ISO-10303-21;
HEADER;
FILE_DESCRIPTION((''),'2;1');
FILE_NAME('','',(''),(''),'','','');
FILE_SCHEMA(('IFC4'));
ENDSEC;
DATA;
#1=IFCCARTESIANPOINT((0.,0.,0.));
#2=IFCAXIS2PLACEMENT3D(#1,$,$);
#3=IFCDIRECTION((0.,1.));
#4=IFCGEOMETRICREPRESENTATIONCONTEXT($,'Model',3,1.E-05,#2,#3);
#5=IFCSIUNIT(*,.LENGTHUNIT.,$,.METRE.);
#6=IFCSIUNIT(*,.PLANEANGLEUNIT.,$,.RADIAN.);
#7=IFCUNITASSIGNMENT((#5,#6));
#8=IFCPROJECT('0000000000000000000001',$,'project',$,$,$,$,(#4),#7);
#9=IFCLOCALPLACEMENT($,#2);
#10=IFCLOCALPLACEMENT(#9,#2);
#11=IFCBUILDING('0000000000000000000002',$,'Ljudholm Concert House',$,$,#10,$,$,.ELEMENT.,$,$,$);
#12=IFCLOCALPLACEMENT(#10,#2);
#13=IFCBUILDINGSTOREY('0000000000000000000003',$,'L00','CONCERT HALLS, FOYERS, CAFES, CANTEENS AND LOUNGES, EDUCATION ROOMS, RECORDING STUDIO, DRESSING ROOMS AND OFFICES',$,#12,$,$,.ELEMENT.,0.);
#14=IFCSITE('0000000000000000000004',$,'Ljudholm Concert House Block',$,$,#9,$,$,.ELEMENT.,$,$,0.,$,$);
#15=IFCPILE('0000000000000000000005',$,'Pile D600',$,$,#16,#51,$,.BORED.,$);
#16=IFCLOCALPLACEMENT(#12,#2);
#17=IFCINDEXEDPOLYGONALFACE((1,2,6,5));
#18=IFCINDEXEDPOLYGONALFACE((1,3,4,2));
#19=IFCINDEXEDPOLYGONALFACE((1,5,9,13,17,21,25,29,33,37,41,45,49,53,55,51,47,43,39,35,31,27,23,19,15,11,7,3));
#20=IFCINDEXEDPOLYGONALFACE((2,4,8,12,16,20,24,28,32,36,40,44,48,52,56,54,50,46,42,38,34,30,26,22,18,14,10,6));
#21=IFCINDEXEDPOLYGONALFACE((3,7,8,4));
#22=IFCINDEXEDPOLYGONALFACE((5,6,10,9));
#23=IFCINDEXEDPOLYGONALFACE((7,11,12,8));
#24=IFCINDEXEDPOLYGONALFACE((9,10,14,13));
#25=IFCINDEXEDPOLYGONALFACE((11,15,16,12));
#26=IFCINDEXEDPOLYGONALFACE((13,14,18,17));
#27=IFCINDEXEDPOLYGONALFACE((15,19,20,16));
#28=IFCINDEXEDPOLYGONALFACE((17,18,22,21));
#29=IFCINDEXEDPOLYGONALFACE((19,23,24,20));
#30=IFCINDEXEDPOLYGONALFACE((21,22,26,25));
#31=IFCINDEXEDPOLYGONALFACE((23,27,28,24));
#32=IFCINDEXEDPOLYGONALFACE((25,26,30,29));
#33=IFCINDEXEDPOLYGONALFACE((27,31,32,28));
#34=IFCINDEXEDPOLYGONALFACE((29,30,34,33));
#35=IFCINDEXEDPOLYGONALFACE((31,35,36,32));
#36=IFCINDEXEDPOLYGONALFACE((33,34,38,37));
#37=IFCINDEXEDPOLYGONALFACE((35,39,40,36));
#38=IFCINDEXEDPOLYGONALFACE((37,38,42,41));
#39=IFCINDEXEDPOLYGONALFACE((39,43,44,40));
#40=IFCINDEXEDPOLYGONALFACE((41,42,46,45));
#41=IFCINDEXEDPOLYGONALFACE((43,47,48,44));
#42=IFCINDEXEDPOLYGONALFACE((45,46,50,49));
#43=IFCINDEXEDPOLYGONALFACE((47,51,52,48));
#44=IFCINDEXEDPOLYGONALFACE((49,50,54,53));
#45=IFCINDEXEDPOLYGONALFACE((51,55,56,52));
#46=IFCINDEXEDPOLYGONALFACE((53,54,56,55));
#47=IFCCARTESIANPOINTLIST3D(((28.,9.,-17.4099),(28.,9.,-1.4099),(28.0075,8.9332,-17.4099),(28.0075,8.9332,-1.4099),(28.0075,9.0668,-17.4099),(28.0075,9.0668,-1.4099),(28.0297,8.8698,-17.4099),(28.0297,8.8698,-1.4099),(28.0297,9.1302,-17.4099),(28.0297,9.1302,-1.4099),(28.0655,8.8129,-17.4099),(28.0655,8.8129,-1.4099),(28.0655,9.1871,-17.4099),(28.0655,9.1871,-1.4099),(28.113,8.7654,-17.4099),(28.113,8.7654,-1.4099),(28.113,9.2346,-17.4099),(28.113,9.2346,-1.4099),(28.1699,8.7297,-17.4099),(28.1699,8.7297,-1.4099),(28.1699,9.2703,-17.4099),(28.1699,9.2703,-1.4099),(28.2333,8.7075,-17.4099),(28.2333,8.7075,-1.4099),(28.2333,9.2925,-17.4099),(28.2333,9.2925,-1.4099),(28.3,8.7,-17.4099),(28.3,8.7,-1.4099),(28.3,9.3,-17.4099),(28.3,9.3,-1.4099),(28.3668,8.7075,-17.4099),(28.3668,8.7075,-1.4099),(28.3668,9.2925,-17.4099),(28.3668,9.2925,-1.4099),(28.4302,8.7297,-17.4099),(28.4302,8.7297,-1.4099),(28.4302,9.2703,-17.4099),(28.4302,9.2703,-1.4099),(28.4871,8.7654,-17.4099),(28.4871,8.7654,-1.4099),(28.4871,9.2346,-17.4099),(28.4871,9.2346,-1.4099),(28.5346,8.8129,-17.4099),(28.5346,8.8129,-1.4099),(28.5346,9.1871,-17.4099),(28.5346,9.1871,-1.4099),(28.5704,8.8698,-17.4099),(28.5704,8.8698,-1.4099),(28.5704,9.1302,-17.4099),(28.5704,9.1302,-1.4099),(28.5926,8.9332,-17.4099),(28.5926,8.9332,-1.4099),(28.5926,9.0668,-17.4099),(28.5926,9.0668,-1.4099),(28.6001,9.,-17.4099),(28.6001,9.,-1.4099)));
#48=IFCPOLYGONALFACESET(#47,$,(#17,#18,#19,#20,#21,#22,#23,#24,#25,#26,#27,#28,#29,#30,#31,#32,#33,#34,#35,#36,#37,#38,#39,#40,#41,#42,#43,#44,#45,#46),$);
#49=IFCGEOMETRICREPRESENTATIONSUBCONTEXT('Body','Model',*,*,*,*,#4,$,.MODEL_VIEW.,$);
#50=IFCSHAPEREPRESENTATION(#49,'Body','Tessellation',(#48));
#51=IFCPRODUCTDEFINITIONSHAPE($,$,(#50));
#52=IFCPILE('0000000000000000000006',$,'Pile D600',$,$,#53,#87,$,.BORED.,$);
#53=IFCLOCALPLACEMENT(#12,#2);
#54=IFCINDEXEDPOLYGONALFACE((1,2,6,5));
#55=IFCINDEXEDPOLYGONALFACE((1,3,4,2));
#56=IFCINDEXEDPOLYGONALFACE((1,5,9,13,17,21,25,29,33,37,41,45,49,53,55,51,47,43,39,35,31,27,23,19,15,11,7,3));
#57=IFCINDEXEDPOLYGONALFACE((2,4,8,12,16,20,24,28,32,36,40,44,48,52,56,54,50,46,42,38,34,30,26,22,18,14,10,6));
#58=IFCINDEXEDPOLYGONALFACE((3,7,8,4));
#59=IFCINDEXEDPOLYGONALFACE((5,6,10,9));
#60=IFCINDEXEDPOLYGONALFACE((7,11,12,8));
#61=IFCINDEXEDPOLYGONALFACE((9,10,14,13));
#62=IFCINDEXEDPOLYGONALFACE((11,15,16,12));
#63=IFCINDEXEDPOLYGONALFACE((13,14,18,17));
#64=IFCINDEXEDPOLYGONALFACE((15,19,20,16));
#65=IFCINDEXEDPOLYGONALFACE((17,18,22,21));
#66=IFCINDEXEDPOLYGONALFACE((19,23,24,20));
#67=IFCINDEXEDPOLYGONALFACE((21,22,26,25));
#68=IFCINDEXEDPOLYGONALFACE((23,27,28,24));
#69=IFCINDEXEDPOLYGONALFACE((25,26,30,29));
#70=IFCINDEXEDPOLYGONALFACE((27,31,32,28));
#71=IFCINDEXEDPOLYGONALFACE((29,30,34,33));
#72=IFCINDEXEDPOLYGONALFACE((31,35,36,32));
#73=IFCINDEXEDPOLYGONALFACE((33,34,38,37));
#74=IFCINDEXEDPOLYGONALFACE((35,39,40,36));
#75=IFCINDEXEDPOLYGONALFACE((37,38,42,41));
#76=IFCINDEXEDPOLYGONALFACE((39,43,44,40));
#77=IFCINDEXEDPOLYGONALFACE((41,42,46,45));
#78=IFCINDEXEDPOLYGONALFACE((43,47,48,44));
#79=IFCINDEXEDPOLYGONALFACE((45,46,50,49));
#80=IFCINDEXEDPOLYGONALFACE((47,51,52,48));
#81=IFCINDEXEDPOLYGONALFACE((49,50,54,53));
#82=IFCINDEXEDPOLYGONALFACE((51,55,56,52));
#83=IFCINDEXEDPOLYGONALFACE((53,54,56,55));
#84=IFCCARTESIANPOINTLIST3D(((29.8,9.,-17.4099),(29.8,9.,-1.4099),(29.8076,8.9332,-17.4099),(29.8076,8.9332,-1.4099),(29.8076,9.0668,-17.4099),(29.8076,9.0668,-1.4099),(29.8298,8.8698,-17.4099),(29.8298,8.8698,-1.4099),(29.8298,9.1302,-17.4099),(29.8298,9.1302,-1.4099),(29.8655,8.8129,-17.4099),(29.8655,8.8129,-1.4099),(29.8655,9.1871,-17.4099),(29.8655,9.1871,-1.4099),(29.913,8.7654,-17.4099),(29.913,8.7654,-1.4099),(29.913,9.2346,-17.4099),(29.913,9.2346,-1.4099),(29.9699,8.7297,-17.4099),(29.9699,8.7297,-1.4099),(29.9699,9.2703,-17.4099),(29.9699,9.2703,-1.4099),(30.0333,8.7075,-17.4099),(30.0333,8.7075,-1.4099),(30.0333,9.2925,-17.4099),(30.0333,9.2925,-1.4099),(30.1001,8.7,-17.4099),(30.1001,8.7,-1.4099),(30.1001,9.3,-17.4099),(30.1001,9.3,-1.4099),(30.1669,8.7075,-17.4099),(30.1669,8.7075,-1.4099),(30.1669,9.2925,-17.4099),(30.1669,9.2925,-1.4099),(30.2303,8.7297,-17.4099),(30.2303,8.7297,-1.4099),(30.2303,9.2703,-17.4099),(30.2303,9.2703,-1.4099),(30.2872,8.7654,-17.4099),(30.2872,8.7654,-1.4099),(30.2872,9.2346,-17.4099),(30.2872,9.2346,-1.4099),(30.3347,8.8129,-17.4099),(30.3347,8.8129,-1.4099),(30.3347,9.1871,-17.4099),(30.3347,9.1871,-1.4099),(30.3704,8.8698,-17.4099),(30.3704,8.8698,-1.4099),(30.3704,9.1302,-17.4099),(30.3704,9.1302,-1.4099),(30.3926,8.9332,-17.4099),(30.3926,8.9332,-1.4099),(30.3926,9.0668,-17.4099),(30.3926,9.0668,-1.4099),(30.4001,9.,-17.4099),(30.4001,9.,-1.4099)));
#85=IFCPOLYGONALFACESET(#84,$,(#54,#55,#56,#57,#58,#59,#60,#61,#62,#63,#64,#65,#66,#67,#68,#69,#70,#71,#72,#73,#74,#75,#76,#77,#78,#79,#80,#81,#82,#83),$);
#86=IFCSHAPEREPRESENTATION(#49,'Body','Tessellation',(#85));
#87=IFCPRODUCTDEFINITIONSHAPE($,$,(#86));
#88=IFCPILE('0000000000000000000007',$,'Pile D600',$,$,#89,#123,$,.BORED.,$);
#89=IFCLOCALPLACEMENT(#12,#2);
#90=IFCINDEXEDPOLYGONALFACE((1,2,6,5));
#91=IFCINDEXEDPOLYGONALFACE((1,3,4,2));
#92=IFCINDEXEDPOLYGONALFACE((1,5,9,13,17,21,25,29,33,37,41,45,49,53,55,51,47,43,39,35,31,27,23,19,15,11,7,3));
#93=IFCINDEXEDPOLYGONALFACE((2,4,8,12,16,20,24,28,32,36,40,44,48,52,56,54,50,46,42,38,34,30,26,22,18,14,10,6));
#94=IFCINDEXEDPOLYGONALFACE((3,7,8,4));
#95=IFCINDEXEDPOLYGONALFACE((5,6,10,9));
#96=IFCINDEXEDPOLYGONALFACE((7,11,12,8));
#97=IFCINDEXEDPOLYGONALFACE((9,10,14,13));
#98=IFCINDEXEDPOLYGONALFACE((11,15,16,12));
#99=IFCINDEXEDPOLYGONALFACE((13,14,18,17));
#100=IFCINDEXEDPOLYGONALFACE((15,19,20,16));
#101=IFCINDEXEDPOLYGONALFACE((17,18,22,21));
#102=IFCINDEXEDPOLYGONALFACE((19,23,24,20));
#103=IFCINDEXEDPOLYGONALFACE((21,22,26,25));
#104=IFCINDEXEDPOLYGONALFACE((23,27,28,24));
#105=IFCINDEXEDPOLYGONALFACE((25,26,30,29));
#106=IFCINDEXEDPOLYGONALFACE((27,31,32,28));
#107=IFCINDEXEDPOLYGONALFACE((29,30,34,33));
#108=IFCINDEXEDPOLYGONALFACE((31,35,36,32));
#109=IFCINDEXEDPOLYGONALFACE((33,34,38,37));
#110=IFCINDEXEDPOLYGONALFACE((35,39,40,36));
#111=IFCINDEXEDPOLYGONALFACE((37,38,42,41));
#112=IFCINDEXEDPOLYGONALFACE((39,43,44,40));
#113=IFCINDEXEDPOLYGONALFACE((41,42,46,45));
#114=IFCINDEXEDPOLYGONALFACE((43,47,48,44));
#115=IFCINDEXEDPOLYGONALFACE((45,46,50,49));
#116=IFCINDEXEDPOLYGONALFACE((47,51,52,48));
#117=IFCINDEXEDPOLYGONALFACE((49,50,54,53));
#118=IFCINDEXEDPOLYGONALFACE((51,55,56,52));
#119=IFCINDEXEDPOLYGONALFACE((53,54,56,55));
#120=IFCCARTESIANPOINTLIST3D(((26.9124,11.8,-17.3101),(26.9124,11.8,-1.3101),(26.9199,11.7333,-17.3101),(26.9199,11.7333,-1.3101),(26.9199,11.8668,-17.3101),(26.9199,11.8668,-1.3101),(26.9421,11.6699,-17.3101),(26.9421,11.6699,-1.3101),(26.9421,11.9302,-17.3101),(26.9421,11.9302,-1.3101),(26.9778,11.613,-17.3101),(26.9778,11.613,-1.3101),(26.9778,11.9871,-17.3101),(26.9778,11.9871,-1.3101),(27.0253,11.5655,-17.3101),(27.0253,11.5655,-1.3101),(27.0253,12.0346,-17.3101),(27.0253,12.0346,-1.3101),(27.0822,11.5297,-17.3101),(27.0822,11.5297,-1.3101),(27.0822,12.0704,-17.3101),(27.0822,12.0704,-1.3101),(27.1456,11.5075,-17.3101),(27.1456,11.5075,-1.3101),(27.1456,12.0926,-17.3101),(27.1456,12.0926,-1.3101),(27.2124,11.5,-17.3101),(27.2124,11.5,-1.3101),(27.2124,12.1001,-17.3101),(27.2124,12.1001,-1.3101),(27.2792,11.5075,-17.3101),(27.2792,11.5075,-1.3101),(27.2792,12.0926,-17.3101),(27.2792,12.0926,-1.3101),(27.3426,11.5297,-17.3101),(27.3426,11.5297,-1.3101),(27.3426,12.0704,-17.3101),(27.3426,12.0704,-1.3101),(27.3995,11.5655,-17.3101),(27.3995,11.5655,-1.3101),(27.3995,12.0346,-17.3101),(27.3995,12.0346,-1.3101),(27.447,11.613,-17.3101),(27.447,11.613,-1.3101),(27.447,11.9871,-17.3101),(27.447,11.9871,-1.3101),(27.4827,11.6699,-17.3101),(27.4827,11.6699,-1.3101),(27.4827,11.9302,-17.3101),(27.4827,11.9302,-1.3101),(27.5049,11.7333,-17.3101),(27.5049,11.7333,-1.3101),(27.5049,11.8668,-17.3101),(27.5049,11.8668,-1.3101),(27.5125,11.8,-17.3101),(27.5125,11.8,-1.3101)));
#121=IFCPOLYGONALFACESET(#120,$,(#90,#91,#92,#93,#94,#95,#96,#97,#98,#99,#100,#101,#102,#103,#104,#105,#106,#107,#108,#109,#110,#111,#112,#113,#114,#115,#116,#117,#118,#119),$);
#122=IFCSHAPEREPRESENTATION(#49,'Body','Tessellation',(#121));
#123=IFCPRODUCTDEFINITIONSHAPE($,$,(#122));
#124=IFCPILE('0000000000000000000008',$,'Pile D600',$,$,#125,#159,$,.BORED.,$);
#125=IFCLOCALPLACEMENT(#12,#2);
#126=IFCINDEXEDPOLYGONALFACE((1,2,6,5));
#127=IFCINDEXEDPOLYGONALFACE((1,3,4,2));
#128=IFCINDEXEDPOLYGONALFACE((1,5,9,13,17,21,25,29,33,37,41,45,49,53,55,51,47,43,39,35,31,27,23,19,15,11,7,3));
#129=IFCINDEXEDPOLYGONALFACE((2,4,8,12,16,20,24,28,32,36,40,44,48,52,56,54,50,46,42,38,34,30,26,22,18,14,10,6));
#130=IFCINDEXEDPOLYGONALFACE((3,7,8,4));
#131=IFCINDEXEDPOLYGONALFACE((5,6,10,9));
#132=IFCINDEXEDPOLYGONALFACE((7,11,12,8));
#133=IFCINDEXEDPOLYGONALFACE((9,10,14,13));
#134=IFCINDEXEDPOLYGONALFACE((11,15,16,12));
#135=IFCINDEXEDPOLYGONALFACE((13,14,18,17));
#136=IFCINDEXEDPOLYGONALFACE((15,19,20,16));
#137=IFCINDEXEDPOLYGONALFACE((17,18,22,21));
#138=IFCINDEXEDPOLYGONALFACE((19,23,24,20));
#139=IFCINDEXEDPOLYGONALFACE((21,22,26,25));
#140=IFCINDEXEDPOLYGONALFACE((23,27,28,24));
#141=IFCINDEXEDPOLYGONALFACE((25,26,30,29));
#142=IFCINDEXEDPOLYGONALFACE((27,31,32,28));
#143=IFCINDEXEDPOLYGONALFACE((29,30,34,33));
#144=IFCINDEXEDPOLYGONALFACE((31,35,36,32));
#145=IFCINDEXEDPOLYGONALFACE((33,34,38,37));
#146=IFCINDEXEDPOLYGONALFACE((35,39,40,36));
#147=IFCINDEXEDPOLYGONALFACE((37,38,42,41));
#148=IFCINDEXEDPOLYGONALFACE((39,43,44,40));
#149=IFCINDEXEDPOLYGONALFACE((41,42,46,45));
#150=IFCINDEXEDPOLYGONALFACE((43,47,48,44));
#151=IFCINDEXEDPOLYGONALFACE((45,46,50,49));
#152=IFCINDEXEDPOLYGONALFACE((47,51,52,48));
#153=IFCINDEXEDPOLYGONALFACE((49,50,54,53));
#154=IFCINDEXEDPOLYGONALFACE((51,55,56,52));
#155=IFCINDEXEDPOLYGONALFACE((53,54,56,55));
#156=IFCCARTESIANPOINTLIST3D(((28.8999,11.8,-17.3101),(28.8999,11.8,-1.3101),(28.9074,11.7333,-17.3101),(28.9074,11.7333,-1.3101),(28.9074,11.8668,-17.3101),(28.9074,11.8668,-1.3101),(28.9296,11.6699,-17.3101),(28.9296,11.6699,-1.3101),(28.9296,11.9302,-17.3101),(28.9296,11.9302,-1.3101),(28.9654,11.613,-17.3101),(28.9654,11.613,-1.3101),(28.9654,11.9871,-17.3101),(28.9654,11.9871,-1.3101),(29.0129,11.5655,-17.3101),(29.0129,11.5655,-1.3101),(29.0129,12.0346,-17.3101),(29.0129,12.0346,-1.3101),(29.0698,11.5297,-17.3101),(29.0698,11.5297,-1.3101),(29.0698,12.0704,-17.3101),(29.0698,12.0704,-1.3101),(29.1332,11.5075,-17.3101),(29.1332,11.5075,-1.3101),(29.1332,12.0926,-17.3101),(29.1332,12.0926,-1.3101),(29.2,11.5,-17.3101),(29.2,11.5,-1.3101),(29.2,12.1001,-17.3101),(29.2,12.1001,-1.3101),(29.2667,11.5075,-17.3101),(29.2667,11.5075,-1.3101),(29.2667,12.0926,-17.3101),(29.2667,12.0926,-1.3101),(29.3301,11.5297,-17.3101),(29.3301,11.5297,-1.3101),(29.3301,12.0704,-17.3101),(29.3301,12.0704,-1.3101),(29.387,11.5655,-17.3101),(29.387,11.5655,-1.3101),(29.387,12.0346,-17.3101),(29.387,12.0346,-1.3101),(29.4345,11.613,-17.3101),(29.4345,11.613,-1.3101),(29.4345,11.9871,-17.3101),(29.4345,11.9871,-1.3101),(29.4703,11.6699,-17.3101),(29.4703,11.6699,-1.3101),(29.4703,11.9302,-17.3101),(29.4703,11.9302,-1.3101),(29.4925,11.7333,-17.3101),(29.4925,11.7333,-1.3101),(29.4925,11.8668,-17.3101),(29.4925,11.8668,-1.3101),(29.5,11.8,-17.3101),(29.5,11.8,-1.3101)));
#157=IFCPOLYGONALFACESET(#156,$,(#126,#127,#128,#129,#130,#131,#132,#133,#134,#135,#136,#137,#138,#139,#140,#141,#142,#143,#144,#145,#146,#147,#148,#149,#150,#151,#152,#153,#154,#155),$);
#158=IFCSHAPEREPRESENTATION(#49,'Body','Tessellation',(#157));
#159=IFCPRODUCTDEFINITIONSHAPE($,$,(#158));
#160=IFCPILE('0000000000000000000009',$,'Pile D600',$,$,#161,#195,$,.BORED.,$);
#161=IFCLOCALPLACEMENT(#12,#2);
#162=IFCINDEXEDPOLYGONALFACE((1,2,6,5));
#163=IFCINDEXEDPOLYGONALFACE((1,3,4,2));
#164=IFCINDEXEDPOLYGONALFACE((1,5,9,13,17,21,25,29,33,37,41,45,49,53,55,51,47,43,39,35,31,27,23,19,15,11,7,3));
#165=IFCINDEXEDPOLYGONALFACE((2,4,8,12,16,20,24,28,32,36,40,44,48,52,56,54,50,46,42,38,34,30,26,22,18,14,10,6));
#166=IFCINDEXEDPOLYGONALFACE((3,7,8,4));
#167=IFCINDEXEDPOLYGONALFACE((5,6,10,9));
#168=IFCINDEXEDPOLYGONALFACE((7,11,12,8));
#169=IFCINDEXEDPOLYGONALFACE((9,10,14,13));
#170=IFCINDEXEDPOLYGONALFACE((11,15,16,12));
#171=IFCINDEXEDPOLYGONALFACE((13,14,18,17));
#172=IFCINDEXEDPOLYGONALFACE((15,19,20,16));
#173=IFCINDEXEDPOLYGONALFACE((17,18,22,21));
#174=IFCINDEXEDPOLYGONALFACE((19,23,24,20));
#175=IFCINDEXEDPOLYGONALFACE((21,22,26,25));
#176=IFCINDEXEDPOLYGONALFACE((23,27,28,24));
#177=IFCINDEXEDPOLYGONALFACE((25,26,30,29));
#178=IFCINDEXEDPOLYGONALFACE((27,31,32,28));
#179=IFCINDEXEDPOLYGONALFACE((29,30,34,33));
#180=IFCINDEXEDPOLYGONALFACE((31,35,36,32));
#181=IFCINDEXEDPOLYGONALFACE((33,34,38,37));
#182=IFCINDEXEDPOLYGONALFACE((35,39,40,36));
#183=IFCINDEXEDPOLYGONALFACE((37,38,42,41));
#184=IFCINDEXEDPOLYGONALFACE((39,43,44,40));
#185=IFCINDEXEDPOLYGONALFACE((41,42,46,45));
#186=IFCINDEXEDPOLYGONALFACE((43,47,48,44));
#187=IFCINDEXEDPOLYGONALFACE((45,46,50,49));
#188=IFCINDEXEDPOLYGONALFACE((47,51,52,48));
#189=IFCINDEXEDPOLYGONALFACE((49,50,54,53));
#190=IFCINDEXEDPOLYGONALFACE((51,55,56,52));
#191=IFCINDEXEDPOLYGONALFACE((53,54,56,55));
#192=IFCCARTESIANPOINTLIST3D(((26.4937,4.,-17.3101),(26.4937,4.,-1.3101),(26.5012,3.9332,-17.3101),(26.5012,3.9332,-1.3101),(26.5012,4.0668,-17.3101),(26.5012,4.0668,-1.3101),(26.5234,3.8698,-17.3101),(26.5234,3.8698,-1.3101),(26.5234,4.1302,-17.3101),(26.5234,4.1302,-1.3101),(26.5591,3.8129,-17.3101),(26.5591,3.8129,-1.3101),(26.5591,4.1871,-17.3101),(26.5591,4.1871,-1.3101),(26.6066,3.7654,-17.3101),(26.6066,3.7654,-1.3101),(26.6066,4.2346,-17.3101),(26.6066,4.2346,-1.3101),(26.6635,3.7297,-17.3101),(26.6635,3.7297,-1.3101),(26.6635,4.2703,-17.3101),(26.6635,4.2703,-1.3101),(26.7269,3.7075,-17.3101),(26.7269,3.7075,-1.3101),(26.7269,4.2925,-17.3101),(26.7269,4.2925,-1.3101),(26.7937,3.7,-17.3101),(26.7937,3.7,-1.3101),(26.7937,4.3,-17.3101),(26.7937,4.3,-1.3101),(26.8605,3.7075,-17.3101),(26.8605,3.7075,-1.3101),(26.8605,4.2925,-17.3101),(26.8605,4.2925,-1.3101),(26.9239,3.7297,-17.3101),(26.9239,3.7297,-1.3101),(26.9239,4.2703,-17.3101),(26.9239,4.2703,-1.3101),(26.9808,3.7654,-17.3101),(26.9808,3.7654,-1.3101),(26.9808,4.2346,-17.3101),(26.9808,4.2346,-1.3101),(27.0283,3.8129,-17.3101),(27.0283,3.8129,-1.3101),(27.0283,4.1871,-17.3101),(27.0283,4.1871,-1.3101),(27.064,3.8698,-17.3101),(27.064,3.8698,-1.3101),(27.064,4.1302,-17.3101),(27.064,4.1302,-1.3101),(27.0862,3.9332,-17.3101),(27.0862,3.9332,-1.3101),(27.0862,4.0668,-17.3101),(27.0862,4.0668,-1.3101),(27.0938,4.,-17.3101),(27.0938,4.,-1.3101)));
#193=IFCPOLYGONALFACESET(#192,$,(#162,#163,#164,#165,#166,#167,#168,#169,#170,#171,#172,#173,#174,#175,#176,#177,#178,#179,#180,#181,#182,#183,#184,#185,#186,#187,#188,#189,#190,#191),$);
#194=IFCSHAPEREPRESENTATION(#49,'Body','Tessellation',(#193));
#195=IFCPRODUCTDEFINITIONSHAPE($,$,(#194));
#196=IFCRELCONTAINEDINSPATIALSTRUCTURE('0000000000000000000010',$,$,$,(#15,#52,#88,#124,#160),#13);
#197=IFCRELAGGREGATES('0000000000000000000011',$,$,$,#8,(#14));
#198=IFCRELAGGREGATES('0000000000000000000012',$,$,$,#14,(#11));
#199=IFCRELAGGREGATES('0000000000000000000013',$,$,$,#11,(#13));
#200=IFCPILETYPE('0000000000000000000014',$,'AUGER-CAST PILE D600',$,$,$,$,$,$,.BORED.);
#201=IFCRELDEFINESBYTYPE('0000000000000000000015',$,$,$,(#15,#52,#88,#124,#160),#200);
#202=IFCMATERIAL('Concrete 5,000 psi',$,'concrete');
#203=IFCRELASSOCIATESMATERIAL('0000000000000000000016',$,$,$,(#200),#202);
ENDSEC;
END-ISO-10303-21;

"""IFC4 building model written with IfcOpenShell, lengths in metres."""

from ifc_helpers import new_model, si_unit, direction, frame, origin, origin_2d, place, context, subcontext, project, spatial, circle, extrude, material, material_profile, profile_set, type_object, element, save


model = new_model("IFC4")

# Units and contexts
model_context = context("Model", 3, precision=1e-05, world=origin(), true_north=direction((0.0, 1.0)))
body_context = subcontext(model_context, "Body", "Model", "MODEL_VIEW")
ifc_project = project(units=[si_unit("LENGTHUNIT", "METRE"), si_unit("PLANEANGLEUNIT", "RADIAN")], contexts=[model_context])

# Site, building, storey
site_placement = place(None, origin())
site = spatial("IfcSite", under=ifc_project, at=site_placement, Name="Ljudholm Concert House Block", CompositionType="ELEMENT", RefElevation=0.0)
building_placement = place(site_placement, origin())
building = spatial("IfcBuilding", under=site, at=building_placement, Name="Ljudholm Concert House", CompositionType="ELEMENT")
storey_placement = place(building_placement, origin())
storey = spatial("IfcBuildingStorey", under=building, at=storey_placement, Name="L00", Description="CONCERT HALLS, FOYERS, CAFES, CANTEENS AND LOUNGES, EDUCATION ROOMS, RECORDING STUDIO, DRESSING ROOMS AND OFFICES", CompositionType="ELEMENT", Elevation=0.0)

# Piles
ifc_material_1 = material(Name="Concrete 5,000 psi", Category="concrete")
ifc_material_profile_1 = material_profile(ifc_material_1, circle(Radius=0.3, at=origin_2d()), Name="AUGER-CAST PILE D600")
ifc_profile_set_1 = profile_set([ifc_material_profile_1], Name="Concrete 5,000 psi")
pile_type = type_object("IfcPileType", Name="AUGER-CAST PILE D600", PredefinedType="BORED", material=ifc_profile_set_1)
for number, where, z_axis, x_axis, name in (
    (1, (28.3, 9.0, -1.4099), (0.0, 0.0, -1.0), (1.0, 0.0, 0.0), "Pile D600"),
    (2, (30.1001, 9.0, -1.4099), (0.0, 0.0, -1.0), (1.0, 0.0, 0.0), "Pile D600"),
    (3, (27.2124, 11.8, -1.3101), (0.0, 0.0, -1.0), (1.0, 0.0, 0.0), "Pile D600"),
    (4, (29.2, 11.8, -1.3101), (0.0, 0.0, -1.0), (1.0, 0.0, 0.0), "Pile D600"),
    (5, (26.7937, 4.0, -1.3101), (0.0, 0.0, -1.0), (1.0, 0.0, 0.0), "Pile D600"),
):
    element("IfcPile", number, at=place(storey_placement, frame(where, z_axis=z_axis, x_axis=x_axis)), inside=storey, type_object=pile_type, Name=name, PredefinedType="BORED", context=body_context, shape_type="SweptSolid", body=[
        extrude(circle(Radius=0.3, at=origin_2d()), origin(), (0.0, 0.0, 1.0), 16.0),
    ])

save(model, "model.ifc")
